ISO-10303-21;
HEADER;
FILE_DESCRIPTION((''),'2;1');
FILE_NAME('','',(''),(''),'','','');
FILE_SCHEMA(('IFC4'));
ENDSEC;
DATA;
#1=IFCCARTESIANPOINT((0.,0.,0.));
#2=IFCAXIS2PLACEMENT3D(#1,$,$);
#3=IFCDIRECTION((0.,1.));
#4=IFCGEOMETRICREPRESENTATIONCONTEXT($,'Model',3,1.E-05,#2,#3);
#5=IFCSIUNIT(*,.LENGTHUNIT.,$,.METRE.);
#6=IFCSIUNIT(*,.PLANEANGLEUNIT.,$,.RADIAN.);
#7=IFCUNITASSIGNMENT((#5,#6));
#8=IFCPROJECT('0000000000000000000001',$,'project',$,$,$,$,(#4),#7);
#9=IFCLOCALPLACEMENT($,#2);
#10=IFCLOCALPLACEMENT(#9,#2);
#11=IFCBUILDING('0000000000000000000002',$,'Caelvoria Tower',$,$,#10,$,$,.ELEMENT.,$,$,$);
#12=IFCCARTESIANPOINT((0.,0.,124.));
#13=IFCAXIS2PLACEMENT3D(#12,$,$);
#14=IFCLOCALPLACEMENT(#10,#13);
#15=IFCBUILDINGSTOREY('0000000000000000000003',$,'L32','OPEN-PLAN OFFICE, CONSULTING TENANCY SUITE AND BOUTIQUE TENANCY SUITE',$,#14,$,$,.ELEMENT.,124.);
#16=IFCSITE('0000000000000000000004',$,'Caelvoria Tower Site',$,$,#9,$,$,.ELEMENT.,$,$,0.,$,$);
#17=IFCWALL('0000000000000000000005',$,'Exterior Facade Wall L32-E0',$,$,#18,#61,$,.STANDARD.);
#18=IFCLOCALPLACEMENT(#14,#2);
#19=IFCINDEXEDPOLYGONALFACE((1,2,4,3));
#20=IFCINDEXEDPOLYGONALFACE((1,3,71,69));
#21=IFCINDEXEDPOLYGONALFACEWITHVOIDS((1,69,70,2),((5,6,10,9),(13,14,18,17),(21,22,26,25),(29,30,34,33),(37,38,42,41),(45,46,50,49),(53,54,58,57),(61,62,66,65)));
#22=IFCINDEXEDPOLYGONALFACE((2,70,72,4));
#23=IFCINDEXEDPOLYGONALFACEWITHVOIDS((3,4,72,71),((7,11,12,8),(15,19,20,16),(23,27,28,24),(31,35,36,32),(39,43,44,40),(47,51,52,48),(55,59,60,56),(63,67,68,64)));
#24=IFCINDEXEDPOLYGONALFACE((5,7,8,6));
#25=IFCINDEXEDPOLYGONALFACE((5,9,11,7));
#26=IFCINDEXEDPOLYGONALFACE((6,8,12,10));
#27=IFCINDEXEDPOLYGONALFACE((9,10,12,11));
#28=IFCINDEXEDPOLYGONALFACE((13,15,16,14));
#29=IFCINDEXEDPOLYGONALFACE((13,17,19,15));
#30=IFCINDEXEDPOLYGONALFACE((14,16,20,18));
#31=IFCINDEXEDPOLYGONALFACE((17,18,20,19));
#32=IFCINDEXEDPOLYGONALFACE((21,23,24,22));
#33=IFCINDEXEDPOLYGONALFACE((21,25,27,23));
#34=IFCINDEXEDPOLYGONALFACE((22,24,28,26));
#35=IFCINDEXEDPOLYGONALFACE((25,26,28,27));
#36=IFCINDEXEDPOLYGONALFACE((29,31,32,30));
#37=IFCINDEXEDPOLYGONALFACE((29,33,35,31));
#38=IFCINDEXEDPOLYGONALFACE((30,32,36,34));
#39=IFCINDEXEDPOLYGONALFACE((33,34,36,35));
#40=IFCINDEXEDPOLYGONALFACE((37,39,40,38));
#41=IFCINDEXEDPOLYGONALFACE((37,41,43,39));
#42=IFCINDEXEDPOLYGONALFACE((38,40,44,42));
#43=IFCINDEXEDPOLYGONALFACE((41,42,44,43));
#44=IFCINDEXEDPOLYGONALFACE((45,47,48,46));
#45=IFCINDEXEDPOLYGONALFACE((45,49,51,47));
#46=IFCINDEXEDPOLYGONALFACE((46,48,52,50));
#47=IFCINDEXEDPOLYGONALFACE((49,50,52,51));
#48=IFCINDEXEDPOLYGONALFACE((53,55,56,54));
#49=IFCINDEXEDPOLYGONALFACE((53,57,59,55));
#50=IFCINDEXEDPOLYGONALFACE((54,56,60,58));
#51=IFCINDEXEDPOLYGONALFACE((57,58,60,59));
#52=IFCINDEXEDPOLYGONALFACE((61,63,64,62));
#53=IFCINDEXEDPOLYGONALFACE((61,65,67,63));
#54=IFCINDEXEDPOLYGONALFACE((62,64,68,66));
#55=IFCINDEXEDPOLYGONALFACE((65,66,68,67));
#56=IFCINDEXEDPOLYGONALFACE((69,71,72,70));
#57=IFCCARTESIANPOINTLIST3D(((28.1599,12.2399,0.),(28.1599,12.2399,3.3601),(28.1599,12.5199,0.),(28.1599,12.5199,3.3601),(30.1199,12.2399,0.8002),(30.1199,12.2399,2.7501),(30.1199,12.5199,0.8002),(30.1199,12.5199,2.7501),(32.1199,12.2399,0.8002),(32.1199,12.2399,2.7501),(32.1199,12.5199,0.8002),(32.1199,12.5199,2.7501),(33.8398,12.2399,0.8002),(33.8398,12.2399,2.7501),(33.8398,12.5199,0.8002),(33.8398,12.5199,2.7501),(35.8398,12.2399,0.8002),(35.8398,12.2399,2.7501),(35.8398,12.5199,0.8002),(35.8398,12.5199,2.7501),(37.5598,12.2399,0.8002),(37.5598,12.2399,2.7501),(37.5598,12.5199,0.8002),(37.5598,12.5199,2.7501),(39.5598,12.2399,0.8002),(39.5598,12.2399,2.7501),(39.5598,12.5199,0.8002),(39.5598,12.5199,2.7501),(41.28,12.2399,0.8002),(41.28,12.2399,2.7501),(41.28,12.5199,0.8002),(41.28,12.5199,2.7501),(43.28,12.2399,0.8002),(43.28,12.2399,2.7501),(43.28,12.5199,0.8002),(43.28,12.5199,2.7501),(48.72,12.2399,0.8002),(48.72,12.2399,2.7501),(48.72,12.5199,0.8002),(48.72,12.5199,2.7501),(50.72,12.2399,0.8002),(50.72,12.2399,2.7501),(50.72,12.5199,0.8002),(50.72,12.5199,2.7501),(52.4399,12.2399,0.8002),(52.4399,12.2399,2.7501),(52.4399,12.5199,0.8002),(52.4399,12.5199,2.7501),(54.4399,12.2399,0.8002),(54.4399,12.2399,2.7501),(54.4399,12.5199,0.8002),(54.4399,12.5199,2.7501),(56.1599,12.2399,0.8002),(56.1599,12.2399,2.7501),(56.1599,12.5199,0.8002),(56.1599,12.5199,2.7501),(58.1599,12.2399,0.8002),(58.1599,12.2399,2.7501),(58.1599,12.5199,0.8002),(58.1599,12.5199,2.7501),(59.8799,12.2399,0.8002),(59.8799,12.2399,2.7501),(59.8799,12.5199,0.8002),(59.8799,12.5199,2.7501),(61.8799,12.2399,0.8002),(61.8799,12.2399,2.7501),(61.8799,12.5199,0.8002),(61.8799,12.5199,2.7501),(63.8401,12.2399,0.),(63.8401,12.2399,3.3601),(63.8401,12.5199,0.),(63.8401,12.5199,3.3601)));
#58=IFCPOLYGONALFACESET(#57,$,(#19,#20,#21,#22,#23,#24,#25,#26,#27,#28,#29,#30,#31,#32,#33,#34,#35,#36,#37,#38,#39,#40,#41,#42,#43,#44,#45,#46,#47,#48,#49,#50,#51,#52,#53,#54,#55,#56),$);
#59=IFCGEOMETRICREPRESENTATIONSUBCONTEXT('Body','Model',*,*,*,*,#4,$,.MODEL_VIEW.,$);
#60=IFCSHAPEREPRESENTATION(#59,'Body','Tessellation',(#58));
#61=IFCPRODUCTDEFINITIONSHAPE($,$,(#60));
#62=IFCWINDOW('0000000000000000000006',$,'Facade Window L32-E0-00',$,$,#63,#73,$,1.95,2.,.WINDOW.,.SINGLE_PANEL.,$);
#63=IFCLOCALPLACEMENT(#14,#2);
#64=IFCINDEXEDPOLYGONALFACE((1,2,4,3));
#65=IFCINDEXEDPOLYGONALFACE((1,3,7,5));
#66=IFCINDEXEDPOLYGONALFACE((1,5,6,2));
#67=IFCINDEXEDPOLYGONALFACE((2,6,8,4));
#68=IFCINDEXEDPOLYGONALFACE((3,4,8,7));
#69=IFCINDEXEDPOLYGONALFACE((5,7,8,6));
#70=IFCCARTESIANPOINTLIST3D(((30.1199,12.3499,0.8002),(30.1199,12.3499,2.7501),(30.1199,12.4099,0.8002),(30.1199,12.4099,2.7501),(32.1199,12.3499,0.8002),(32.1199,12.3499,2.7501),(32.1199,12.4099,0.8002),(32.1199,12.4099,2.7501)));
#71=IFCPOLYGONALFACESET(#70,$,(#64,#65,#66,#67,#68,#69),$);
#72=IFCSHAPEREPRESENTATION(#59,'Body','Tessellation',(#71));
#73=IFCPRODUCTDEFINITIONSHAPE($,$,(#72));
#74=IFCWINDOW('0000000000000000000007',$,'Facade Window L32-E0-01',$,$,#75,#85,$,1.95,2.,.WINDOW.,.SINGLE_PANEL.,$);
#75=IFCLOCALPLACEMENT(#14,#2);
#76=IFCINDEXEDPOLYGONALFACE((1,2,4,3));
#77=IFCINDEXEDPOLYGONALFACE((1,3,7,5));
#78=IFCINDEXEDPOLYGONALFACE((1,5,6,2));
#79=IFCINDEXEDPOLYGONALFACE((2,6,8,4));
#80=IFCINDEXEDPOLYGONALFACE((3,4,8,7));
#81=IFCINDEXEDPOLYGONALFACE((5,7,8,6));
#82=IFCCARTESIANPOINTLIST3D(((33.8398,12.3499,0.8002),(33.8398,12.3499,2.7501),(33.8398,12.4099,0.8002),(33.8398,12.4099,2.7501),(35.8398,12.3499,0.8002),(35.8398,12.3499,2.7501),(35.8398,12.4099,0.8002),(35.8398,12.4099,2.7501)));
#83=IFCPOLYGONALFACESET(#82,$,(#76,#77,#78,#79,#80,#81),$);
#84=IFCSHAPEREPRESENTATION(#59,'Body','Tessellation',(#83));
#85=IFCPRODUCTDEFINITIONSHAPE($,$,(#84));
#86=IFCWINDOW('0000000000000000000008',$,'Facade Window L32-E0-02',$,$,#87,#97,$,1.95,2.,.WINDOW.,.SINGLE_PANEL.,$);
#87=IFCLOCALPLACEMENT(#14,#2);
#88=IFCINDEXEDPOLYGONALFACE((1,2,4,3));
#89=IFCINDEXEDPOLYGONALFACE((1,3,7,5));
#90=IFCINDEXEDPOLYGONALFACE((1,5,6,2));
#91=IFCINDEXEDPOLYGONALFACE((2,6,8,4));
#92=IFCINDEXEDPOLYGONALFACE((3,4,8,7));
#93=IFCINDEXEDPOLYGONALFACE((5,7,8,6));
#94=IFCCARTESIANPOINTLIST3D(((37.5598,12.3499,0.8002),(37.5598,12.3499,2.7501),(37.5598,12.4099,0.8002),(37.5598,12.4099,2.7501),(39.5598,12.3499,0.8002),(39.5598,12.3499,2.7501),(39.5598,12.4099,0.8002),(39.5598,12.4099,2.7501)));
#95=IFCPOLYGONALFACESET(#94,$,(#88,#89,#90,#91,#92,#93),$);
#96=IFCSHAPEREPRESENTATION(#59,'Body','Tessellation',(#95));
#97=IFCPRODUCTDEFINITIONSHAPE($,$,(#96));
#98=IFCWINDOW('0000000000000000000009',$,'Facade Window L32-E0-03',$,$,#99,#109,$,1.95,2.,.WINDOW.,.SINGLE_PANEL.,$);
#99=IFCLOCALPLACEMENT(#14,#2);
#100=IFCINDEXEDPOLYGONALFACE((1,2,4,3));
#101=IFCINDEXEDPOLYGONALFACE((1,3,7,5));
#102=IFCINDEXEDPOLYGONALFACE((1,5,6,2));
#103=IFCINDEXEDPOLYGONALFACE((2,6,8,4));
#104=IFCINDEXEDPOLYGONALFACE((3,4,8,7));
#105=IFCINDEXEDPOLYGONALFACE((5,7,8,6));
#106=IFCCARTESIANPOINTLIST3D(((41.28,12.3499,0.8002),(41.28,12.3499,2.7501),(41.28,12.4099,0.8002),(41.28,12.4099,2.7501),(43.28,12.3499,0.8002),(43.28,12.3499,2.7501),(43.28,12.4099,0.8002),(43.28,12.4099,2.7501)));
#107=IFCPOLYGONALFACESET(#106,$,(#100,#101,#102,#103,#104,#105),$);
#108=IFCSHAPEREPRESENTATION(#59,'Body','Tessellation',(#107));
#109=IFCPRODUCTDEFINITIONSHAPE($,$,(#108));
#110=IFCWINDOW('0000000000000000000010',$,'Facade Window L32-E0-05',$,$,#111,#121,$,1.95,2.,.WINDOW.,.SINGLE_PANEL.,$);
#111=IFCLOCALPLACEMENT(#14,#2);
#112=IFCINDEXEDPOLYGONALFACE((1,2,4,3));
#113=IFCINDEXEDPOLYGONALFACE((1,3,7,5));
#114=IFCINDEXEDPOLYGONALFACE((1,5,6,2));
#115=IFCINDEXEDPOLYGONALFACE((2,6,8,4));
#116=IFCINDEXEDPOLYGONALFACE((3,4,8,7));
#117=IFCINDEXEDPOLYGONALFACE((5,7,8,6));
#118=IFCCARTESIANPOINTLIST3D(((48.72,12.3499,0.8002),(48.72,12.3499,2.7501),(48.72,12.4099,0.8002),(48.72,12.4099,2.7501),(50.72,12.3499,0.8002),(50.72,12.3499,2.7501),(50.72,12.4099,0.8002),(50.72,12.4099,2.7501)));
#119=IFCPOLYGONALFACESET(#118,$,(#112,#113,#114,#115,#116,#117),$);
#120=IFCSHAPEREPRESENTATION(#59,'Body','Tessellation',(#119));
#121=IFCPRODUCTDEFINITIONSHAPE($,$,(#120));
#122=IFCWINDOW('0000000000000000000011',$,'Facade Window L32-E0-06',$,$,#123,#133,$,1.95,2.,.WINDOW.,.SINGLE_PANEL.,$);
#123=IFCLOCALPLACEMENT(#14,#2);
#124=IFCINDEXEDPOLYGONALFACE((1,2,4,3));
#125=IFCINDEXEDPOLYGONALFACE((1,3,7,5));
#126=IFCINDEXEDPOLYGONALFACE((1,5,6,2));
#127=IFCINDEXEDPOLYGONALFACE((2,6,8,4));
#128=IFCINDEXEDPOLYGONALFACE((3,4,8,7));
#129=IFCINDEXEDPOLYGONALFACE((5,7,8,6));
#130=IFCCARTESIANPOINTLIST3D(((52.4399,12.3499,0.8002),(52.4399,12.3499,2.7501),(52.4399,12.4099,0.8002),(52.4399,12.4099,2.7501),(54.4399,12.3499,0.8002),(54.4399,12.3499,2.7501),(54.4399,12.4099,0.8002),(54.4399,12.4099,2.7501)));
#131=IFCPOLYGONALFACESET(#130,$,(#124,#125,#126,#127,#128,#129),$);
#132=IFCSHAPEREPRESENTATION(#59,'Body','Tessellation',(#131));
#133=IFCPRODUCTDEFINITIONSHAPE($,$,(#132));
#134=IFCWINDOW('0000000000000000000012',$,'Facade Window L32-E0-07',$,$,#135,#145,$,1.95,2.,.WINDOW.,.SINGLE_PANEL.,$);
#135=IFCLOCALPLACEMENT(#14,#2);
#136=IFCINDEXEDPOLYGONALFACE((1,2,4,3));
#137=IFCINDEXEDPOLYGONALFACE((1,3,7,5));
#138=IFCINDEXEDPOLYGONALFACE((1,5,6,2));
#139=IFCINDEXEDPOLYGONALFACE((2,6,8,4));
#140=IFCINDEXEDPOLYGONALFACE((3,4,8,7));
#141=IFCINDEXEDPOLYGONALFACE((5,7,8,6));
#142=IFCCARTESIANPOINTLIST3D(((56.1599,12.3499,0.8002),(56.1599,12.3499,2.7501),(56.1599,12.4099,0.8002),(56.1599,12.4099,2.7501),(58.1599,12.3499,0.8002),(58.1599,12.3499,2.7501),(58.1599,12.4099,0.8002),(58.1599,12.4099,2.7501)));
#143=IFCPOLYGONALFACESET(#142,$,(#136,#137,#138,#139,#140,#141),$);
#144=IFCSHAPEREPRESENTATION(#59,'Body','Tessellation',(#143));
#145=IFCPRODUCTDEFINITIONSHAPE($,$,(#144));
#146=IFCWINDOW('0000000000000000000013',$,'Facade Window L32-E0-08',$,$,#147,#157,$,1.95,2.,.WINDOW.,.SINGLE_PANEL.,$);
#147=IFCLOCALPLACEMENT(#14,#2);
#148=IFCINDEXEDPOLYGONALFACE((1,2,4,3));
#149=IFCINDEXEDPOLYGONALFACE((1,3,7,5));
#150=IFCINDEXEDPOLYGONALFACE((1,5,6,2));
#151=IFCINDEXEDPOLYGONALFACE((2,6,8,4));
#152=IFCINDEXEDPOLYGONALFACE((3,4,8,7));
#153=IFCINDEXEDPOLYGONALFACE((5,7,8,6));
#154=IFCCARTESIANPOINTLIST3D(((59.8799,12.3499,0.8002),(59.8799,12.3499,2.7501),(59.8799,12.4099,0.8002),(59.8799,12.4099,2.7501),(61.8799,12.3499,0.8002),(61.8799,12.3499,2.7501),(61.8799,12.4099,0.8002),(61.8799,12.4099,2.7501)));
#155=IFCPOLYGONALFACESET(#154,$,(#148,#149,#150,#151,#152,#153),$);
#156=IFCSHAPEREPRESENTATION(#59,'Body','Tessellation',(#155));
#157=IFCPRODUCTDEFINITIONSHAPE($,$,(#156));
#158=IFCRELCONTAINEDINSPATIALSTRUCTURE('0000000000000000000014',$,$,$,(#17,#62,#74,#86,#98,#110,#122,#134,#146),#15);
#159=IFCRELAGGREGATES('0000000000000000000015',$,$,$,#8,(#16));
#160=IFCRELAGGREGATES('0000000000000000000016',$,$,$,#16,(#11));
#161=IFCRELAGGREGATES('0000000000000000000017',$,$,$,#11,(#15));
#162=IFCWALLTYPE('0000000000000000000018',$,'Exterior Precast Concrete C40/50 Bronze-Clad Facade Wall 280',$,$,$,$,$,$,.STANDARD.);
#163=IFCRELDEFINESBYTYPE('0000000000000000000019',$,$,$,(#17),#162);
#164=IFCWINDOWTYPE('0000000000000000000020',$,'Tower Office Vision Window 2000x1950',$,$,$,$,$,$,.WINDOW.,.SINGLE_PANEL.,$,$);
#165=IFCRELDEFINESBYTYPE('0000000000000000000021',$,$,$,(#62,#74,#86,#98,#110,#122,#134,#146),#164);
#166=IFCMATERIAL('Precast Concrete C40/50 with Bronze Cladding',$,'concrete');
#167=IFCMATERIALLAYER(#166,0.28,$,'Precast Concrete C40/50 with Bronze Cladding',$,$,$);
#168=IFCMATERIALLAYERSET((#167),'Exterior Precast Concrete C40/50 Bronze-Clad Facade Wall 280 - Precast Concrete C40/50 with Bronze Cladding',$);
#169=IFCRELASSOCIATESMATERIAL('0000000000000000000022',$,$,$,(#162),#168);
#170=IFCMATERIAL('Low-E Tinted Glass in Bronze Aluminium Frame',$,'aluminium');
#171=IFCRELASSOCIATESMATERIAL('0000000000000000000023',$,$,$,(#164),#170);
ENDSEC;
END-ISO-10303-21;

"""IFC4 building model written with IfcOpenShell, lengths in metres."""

from ifc_helpers import new_model, si_unit, direction, frame, frame_2d, origin, place, context, subcontext, project, spatial, rectangle, extrude, material, layer, layer_set, type_object, element, fill, save


model = new_model("IFC4")

# Units and contexts
model_context = context("Model", 3, precision=1e-05, world=origin(), true_north=direction((0.0, 1.0)))
body_context = subcontext(model_context, "Body", "Model", "MODEL_VIEW")
ifc_project = project(units=[si_unit("LENGTHUNIT", "METRE"), si_unit("PLANEANGLEUNIT", "RADIAN")], contexts=[model_context])

# Site, building, storey
site_placement = place(None, origin())
site = spatial("IfcSite", under=ifc_project, at=site_placement, Name="Caelvoria Tower Site", CompositionType="ELEMENT", RefElevation=0.0)
building_placement = place(site_placement, origin())
building = spatial("IfcBuilding", under=site, at=building_placement, Name="Caelvoria Tower", CompositionType="ELEMENT")
storey_placement = place(building_placement, frame((0.0, 0.0, 124.0)))
storey = spatial("IfcBuildingStorey", under=building, at=storey_placement, Name="L32", Description="OPEN-PLAN OFFICE, CONSULTING TENANCY SUITE AND BOUTIQUE TENANCY SUITE", CompositionType="ELEMENT", Elevation=124.0)

# Wall, openings, windows
ifc_material_1 = material(Name="Precast Concrete C40/50 with Bronze Cladding", Category="concrete")
ifc_layer_1 = layer(ifc_material_1, 0.28, Name="Precast Concrete C40/50 with Bronze Cladding")
ifc_layer_set_1 = layer_set([ifc_layer_1], Name="Exterior Precast Concrete C40/50 Bronze-Clad Facade Wall 280 - Precast Concrete C40/50 with Bronze Cladding")
wall_type = type_object("IfcWallType", Name="Exterior Precast Concrete C40/50 Bronze-Clad Facade Wall 280", PredefinedType="STANDARD", material=ifc_layer_set_1)
wall_1_placement = place(storey_placement, frame((28.1599, 12.3799, 0.0), z_axis=(0.0, 0.0, 1.0), x_axis=(1.0, 0.0, 0.0)))
wall_1 = element("IfcWall", 1, at=wall_1_placement, inside=storey, type_object=wall_type, Name="Exterior Facade Wall L32-E0", PredefinedType="STANDARD", context=body_context, shape_type="SweptSolid", body=[
    extrude(rectangle(XDim=35.6802, YDim=0.28, at=frame_2d((17.8401, 0.0))), origin(), (0.0, 0.0, 1.0), 3.3601),
])
opening_1_placement = place(wall_1_placement, frame((1.96, 0.0, 0.8)))
opening_1 = element("IfcOpeningElement", 2, at=opening_1_placement, cuts=wall_1, PredefinedType="OPENING", context=body_context, shape_type="SweptSolid", body=[
    extrude(rectangle(XDim=2.0, YDim=1.95, at=frame_2d((1.0, 0.9751))), frame((0.0, 0.1499, 0.0), z_axis=(0.0, -1.0, 0.0), x_axis=(1.0, 0.0, 0.0)), (0.0, 0.0, 1.0), 0.3),
])
opening_2_placement = place(wall_1_placement, frame((5.6799, 0.0, 0.8)))
opening_2 = element("IfcOpeningElement", 3, at=opening_2_placement, cuts=wall_1, PredefinedType="OPENING", context=body_context, shape_type="SweptSolid", body=[
    extrude(rectangle(XDim=2.0, YDim=1.95, at=frame_2d((1.0, 0.9751))), frame((0.0, 0.1499, 0.0), z_axis=(0.0, -1.0, 0.0), x_axis=(1.0, 0.0, 0.0)), (0.0, 0.0, 1.0), 0.3),
])
opening_3_placement = place(wall_1_placement, frame((9.3999, 0.0, 0.8)))
opening_3 = element("IfcOpeningElement", 4, at=opening_3_placement, cuts=wall_1, PredefinedType="OPENING", context=body_context, shape_type="SweptSolid", body=[
    extrude(rectangle(XDim=2.0, YDim=1.95, at=frame_2d((1.0, 0.9751))), frame((0.0, 0.1499, 0.0), z_axis=(0.0, -1.0, 0.0), x_axis=(1.0, 0.0, 0.0)), (0.0, 0.0, 1.0), 0.3),
])
opening_4_placement = place(wall_1_placement, frame((13.1201, 0.0, 0.8)))
opening_4 = element("IfcOpeningElement", 5, at=opening_4_placement, cuts=wall_1, PredefinedType="OPENING", context=body_context, shape_type="SweptSolid", body=[
    extrude(rectangle(XDim=2.0, YDim=1.95, at=frame_2d((1.0, 0.9751))), frame((0.0, 0.1499, 0.0), z_axis=(0.0, -1.0, 0.0), x_axis=(1.0, 0.0, 0.0)), (0.0, 0.0, 1.0), 0.3),
])
opening_5_placement = place(wall_1_placement, frame((20.5601, 0.0, 0.8)))
opening_5 = element("IfcOpeningElement", 6, at=opening_5_placement, cuts=wall_1, PredefinedType="OPENING", context=body_context, shape_type="SweptSolid", body=[
    extrude(rectangle(XDim=2.0, YDim=1.95, at=frame_2d((1.0, 0.9751))), frame((0.0, 0.1499, 0.0), z_axis=(0.0, -1.0, 0.0), x_axis=(1.0, 0.0, 0.0)), (0.0, 0.0, 1.0), 0.3),
])
opening_6_placement = place(wall_1_placement, frame((24.28, 0.0, 0.8)))
opening_6 = element("IfcOpeningElement", 7, at=opening_6_placement, cuts=wall_1, PredefinedType="OPENING", context=body_context, shape_type="SweptSolid", body=[
    extrude(rectangle(XDim=2.0, YDim=1.95, at=frame_2d((1.0, 0.9751))), frame((0.0, 0.1499, 0.0), z_axis=(0.0, -1.0, 0.0), x_axis=(1.0, 0.0, 0.0)), (0.0, 0.0, 1.0), 0.3),
])
opening_7_placement = place(wall_1_placement, frame((28.0, 0.0, 0.8)))
opening_7 = element("IfcOpeningElement", 8, at=opening_7_placement, cuts=wall_1, PredefinedType="OPENING", context=body_context, shape_type="SweptSolid", body=[
    extrude(rectangle(XDim=2.0, YDim=1.95, at=frame_2d((1.0, 0.9751))), frame((0.0, 0.1499, 0.0), z_axis=(0.0, -1.0, 0.0), x_axis=(1.0, 0.0, 0.0)), (0.0, 0.0, 1.0), 0.3),
])
opening_8_placement = place(wall_1_placement, frame((31.72, 0.0, 0.8)))
opening_8 = element("IfcOpeningElement", 9, at=opening_8_placement, cuts=wall_1, PredefinedType="OPENING", context=body_context, shape_type="SweptSolid", body=[
    extrude(rectangle(XDim=2.0, YDim=1.95, at=frame_2d((1.0, 0.9751))), frame((0.0, 0.1499, 0.0), z_axis=(0.0, -1.0, 0.0), x_axis=(1.0, 0.0, 0.0)), (0.0, 0.0, 1.0), 0.3),
])
ifc_material_2 = material(Name="Low-E Tinted Glass in Bronze Aluminium Frame", Category="aluminium")
window_type = type_object("IfcWindowType", Name="Tower Office Vision Window 2000x1950", PartitioningType="SINGLE_PANEL", PredefinedType="WINDOW", material=ifc_material_2)
window_1_placement = place(opening_1_placement, origin())
window_1 = element("IfcWindow", 10, at=window_1_placement, inside=storey, type_object=window_type, Name="Facade Window L32-E0-00", OverallHeight=1.95, OverallWidth=2.0, PartitioningType="SINGLE_PANEL", PredefinedType="WINDOW", context=body_context, shape_type="SweptSolid", body=[
    extrude(rectangle(XDim=2.0, YDim=1.95, at=frame_2d((1.0, 0.9751))), frame((0.0, 0.03, 0.0), z_axis=(0.0, -1.0, 0.0), x_axis=(1.0, 0.0, 0.0)), (0.0, 0.0, 1.0), 0.0601),
])
fill(opening_1, window_1)
window_2_placement = place(opening_2_placement, origin())
window_2 = element("IfcWindow", 11, at=window_2_placement, inside=storey, type_object=window_type, Name="Facade Window L32-E0-01", OverallHeight=1.95, OverallWidth=2.0, PartitioningType="SINGLE_PANEL", PredefinedType="WINDOW", context=body_context, shape_type="SweptSolid", body=[
    extrude(rectangle(XDim=2.0, YDim=1.95, at=frame_2d((1.0, 0.9751))), frame((0.0, 0.03, 0.0), z_axis=(0.0, -1.0, 0.0), x_axis=(1.0, 0.0, 0.0)), (0.0, 0.0, 1.0), 0.0601),
])
fill(opening_2, window_2)
window_3_placement = place(opening_3_placement, origin())
window_3 = element("IfcWindow", 12, at=window_3_placement, inside=storey, type_object=window_type, Name="Facade Window L32-E0-02", OverallHeight=1.95, OverallWidth=2.0, PartitioningType="SINGLE_PANEL", PredefinedType="WINDOW", context=body_context, shape_type="SweptSolid", body=[
    extrude(rectangle(XDim=2.0, YDim=1.95, at=frame_2d((1.0, 0.9751))), frame((0.0, 0.03, 0.0), z_axis=(0.0, -1.0, 0.0), x_axis=(1.0, 0.0, 0.0)), (0.0, 0.0, 1.0), 0.0601),
])
fill(opening_3, window_3)
window_4_placement = place(opening_4_placement, origin())
window_4 = element("IfcWindow", 13, at=window_4_placement, inside=storey, type_object=window_type, Name="Facade Window L32-E0-03", OverallHeight=1.95, OverallWidth=2.0, PartitioningType="SINGLE_PANEL", PredefinedType="WINDOW", context=body_context, shape_type="SweptSolid", body=[
    extrude(rectangle(XDim=2.0, YDim=1.95, at=frame_2d((1.0, 0.9751))), frame((0.0, 0.03, 0.0), z_axis=(0.0, -1.0, 0.0), x_axis=(1.0, 0.0, 0.0)), (0.0, 0.0, 1.0), 0.0601),
])
fill(opening_4, window_4)
window_5_placement = place(opening_5_placement, origin())
window_5 = element("IfcWindow", 14, at=window_5_placement, inside=storey, type_object=window_type, Name="Facade Window L32-E0-05", OverallHeight=1.95, OverallWidth=2.0, PartitioningType="SINGLE_PANEL", PredefinedType="WINDOW", context=body_context, shape_type="SweptSolid", body=[
    extrude(rectangle(XDim=2.0, YDim=1.95, at=frame_2d((1.0, 0.9751))), frame((0.0, 0.03, 0.0), z_axis=(0.0, -1.0, 0.0), x_axis=(1.0, 0.0, 0.0)), (0.0, 0.0, 1.0), 0.0601),
])
fill(opening_5, window_5)
window_6_placement = place(opening_6_placement, origin())
window_6 = element("IfcWindow", 15, at=window_6_placement, inside=storey, type_object=window_type, Name="Facade Window L32-E0-06", OverallHeight=1.95, OverallWidth=2.0, PartitioningType="SINGLE_PANEL", PredefinedType="WINDOW", context=body_context, shape_type="SweptSolid", body=[
    extrude(rectangle(XDim=2.0, YDim=1.95, at=frame_2d((1.0, 0.9751))), frame((0.0, 0.03, 0.0), z_axis=(0.0, -1.0, 0.0), x_axis=(1.0, 0.0, 0.0)), (0.0, 0.0, 1.0), 0.0601),
])
fill(opening_6, window_6)
window_7_placement = place(opening_7_placement, origin())
window_7 = element("IfcWindow", 16, at=window_7_placement, inside=storey, type_object=window_type, Name="Facade Window L32-E0-07", OverallHeight=1.95, OverallWidth=2.0, PartitioningType="SINGLE_PANEL", PredefinedType="WINDOW", context=body_context, shape_type="SweptSolid", body=[
    extrude(rectangle(XDim=2.0, YDim=1.95, at=frame_2d((1.0, 0.9751))), frame((0.0, 0.03, 0.0), z_axis=(0.0, -1.0, 0.0), x_axis=(1.0, 0.0, 0.0)), (0.0, 0.0, 1.0), 0.0601),
])
fill(opening_7, window_7)
window_8_placement = place(opening_8_placement, origin())
window_8 = element("IfcWindow", 17, at=window_8_placement, inside=storey, type_object=window_type, Name="Facade Window L32-E0-08", OverallHeight=1.95, OverallWidth=2.0, PartitioningType="SINGLE_PANEL", PredefinedType="WINDOW", context=body_context, shape_type="SweptSolid", body=[
    extrude(rectangle(XDim=2.0, YDim=1.95, at=frame_2d((1.0, 0.9751))), frame((0.0, 0.03, 0.0), z_axis=(0.0, -1.0, 0.0), x_axis=(1.0, 0.0, 0.0)), (0.0, 0.0, 1.0), 0.0601),
])
fill(opening_8, window_8)

save(model, "model.ifc")
